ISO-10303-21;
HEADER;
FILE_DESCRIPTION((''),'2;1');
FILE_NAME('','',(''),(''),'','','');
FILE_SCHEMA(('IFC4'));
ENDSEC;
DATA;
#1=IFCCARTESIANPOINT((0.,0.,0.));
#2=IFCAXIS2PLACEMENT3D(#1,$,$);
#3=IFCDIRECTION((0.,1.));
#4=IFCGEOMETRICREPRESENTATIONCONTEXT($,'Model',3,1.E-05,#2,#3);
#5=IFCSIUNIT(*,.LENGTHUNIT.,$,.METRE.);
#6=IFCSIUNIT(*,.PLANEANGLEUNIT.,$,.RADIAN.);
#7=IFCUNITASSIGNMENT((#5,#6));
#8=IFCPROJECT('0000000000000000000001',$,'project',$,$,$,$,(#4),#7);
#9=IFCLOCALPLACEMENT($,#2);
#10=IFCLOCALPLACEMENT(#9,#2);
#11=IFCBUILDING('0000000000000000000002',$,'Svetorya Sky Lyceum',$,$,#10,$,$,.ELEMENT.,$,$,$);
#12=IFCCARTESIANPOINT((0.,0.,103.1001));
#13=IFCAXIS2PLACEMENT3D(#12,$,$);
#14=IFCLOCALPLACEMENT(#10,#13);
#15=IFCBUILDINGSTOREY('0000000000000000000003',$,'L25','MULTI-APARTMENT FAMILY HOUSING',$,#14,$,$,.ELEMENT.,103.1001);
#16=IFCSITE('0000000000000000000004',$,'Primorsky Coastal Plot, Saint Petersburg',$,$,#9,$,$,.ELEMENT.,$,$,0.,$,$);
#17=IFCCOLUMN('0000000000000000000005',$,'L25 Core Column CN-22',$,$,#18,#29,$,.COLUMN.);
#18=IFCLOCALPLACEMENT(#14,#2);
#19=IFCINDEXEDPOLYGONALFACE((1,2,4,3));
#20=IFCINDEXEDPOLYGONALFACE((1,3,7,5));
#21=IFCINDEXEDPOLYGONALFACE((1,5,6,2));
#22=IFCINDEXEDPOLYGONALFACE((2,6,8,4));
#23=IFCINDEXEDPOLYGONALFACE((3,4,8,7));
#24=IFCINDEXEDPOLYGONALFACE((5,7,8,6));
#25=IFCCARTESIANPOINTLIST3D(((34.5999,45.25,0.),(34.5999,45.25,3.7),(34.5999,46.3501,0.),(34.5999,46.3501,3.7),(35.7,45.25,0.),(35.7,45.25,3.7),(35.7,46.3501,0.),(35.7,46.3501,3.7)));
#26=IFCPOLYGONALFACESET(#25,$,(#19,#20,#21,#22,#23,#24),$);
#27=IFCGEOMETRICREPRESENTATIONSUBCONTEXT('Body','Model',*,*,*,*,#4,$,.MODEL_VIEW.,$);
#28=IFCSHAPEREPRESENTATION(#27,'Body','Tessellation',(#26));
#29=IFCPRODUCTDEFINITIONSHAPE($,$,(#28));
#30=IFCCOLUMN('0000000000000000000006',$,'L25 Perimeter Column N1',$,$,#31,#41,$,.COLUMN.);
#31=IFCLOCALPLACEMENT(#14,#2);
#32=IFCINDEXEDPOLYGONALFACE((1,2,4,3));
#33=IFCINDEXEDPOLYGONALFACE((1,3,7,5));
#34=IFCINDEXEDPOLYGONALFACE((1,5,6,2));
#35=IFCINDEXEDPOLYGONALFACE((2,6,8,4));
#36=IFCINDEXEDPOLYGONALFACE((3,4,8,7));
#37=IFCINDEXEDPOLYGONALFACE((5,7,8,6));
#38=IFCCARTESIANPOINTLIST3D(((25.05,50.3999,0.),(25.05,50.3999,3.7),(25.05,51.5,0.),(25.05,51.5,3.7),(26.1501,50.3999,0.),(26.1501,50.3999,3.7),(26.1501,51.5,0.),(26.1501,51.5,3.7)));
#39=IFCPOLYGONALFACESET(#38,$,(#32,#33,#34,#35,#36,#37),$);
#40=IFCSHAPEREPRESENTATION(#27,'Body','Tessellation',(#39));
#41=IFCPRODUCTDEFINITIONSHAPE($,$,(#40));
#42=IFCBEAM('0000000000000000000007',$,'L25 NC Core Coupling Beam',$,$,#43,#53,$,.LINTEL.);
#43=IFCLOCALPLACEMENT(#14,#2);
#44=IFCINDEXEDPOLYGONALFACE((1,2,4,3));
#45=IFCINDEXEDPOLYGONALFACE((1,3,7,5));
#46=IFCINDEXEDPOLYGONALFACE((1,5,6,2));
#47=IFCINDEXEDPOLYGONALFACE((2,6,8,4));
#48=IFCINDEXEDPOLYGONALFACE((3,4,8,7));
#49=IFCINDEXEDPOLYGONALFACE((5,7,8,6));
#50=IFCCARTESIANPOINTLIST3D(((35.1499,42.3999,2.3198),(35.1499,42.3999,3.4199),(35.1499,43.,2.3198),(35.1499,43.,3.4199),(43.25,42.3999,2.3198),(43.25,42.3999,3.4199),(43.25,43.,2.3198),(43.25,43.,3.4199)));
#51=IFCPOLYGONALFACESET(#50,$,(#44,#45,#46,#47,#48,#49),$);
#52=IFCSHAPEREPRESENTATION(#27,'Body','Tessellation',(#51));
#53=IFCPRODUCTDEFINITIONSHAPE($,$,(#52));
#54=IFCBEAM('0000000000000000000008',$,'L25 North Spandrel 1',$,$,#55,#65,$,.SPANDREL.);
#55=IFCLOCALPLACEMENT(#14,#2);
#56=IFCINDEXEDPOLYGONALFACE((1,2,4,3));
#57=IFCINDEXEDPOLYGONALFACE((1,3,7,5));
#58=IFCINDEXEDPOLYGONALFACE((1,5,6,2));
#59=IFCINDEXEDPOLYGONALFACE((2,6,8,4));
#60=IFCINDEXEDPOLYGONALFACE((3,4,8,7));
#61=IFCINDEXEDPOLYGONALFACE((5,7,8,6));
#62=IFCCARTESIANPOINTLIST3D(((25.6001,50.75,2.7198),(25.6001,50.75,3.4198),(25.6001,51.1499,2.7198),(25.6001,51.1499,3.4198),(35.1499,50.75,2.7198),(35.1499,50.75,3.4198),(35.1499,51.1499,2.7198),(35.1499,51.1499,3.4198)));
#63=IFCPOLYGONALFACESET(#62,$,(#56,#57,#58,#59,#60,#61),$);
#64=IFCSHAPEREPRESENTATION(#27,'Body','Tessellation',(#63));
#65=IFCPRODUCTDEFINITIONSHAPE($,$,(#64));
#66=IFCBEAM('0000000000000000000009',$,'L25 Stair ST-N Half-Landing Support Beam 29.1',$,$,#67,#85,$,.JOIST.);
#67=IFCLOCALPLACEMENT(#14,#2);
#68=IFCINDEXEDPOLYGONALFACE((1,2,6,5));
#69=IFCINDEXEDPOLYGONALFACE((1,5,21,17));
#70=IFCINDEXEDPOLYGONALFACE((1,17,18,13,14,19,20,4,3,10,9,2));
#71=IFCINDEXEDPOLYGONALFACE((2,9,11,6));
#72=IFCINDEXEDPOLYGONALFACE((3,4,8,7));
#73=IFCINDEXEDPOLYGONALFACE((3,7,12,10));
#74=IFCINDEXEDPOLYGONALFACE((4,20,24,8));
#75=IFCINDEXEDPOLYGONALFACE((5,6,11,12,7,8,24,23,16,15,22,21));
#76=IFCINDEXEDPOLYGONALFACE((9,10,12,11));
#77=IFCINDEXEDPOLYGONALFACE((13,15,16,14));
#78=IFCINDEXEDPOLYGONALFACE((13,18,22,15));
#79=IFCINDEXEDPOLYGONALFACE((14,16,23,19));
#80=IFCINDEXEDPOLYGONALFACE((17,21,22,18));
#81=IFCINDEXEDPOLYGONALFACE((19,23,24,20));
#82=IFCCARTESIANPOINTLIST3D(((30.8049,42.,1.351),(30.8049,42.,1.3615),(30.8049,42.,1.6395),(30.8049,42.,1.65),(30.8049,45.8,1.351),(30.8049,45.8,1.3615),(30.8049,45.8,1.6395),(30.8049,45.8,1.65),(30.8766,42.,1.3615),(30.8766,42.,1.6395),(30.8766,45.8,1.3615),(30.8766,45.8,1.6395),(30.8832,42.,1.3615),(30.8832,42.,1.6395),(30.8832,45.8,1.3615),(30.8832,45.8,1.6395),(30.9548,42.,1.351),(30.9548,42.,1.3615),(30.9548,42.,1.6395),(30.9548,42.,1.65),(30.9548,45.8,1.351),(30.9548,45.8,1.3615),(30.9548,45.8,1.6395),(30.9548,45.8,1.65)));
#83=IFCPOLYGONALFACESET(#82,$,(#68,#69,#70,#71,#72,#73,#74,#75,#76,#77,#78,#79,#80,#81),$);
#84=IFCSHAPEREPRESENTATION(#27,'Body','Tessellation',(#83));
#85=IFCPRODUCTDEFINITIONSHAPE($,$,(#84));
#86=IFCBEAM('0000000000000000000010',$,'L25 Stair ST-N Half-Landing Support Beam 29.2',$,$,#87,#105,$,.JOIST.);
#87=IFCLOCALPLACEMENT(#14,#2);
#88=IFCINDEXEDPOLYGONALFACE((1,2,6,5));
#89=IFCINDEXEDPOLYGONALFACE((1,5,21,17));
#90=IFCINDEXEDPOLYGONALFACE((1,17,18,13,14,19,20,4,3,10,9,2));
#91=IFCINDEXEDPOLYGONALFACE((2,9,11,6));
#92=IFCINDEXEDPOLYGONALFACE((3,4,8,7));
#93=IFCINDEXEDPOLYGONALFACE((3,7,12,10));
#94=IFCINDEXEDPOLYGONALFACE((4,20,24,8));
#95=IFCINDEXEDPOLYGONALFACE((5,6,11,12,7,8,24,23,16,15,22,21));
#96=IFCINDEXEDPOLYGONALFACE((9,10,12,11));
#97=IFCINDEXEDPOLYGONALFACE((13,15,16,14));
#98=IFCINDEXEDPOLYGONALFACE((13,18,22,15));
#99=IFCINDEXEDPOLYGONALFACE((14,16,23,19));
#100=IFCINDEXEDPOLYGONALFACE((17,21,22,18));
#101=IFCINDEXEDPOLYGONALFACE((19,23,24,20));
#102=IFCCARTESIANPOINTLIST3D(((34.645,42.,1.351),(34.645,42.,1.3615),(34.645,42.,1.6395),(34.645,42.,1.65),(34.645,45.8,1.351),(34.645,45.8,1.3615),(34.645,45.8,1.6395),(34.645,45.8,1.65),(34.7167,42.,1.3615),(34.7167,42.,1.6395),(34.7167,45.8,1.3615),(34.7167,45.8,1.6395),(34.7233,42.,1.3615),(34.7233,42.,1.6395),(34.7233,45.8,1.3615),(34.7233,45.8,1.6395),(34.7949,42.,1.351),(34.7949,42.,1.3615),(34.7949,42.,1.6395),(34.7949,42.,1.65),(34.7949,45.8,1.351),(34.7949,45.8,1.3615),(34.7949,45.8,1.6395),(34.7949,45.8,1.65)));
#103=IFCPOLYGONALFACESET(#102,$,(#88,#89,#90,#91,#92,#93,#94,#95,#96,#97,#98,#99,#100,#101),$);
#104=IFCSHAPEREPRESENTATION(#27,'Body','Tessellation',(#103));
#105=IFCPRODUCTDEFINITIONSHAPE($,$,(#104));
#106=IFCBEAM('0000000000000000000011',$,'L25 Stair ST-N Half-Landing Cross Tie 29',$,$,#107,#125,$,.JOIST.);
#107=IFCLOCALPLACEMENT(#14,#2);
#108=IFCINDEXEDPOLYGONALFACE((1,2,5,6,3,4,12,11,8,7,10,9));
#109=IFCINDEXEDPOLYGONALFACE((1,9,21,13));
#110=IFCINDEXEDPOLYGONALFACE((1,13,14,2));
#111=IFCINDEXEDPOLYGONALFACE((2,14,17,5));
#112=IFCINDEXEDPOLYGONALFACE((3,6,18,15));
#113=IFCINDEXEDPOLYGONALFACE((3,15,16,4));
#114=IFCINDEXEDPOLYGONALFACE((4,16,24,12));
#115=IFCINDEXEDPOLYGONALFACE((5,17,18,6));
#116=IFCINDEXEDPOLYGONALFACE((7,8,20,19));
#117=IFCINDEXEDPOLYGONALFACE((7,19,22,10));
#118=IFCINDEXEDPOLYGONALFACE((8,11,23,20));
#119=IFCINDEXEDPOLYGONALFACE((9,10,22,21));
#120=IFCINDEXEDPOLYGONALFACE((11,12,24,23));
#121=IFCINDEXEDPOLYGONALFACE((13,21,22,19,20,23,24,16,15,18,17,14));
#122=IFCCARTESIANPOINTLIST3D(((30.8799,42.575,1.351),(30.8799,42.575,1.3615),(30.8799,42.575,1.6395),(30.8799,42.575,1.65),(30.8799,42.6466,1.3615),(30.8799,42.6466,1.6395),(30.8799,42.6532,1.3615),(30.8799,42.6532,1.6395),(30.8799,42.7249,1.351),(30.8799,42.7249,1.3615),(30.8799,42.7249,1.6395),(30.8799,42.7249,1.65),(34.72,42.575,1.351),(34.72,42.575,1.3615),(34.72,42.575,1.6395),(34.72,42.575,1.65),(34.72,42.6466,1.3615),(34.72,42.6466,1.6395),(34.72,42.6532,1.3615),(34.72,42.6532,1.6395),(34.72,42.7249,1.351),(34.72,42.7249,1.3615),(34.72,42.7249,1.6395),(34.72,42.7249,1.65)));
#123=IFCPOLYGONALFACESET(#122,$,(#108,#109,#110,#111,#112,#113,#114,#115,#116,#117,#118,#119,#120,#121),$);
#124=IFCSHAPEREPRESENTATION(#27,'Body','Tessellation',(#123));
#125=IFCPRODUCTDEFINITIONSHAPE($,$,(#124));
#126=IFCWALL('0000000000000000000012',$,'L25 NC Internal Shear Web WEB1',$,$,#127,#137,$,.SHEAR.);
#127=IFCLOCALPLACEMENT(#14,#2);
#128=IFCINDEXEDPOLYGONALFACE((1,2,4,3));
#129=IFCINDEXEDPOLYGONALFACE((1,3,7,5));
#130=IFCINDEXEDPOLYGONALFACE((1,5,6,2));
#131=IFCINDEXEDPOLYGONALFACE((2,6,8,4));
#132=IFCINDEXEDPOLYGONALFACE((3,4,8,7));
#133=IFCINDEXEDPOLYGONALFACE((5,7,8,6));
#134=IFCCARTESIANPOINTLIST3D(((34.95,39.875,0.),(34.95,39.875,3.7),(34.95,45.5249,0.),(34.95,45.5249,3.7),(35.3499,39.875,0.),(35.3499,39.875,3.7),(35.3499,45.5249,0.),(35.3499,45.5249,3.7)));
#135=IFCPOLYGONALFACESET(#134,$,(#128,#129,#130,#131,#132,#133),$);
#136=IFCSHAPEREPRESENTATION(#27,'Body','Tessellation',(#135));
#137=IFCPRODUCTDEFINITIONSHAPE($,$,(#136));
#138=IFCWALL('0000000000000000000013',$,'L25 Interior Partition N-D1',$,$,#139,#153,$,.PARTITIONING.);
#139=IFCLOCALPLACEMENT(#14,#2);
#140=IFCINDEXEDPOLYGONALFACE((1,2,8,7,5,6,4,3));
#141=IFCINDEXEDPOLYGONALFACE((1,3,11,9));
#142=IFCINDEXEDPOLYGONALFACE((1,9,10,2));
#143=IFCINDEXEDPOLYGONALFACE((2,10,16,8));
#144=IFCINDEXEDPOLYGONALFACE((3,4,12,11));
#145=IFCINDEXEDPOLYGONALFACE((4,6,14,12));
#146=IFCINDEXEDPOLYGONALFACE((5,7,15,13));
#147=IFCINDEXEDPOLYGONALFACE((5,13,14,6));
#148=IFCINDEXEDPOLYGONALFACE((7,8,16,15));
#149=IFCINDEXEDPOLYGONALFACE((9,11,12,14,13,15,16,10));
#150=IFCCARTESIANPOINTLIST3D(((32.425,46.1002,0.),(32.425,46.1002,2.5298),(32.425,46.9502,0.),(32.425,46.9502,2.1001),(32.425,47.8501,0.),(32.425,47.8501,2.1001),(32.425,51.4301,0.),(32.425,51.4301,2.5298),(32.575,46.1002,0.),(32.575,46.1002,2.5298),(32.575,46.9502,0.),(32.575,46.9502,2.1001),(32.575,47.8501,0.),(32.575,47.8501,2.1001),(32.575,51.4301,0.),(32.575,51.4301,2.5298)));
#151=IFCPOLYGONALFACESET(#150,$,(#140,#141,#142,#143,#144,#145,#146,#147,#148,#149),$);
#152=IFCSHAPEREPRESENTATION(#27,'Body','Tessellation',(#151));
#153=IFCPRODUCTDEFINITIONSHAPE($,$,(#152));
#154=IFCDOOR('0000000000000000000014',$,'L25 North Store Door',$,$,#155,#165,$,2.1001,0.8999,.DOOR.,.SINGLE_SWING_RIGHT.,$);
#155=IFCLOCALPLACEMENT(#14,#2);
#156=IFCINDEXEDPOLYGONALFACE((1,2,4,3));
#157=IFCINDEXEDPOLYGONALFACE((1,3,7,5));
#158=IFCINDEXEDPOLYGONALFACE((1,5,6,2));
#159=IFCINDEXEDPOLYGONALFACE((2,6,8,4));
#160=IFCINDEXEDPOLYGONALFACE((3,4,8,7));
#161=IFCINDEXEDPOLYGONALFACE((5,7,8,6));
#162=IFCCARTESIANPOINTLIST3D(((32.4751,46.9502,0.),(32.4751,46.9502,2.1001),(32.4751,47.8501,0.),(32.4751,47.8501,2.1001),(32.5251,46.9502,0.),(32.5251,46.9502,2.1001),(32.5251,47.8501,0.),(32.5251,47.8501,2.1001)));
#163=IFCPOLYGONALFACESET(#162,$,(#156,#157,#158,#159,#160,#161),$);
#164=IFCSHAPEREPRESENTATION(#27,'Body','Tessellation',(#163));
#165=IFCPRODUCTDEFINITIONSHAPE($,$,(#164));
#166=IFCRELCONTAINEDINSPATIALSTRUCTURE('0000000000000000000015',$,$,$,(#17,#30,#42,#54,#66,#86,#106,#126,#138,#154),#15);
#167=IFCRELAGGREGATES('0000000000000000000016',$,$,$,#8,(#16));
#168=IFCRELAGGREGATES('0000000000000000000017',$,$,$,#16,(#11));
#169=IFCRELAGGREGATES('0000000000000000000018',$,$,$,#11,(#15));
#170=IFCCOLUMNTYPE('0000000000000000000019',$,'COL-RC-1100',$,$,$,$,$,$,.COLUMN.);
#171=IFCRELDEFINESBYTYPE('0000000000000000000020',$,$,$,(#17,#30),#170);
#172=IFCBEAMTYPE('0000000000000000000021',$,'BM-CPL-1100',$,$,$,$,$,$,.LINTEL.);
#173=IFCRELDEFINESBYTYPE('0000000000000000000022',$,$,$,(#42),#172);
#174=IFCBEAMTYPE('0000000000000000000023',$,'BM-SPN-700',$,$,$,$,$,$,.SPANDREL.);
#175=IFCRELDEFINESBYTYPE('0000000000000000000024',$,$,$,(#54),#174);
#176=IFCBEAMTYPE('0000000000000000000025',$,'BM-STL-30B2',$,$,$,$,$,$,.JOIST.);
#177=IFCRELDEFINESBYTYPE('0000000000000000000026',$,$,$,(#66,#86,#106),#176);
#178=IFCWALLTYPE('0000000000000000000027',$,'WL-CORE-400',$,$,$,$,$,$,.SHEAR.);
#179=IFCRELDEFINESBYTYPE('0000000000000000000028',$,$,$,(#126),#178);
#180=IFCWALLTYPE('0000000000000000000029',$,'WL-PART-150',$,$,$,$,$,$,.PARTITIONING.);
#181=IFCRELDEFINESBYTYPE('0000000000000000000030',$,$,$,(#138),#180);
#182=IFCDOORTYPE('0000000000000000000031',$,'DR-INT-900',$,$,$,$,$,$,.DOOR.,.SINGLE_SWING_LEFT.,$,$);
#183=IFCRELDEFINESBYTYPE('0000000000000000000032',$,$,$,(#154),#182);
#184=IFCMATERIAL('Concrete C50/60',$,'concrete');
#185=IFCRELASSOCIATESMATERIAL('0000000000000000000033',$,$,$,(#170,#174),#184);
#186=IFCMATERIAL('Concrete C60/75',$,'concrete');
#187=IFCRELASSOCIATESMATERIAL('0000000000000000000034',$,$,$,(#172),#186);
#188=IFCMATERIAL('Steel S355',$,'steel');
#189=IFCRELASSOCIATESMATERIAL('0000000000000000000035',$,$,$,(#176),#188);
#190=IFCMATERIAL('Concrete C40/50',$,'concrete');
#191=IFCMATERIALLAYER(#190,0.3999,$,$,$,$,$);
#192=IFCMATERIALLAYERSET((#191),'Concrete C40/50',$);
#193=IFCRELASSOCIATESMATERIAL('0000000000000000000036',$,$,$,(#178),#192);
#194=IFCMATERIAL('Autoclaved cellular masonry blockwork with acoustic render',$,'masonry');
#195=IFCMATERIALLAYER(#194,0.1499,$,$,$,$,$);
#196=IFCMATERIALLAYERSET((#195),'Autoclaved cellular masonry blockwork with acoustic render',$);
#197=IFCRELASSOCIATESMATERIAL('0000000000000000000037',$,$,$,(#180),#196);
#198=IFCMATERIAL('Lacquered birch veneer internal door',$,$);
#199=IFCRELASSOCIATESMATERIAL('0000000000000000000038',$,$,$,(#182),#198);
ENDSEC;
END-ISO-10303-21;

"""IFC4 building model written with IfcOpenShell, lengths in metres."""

from ifc_helpers import new_model, si_unit, direction, frame, frame_2d, origin, origin_2d, place, context, subcontext, project, spatial, rectangle, i_section, extrude, material, layer, layer_set, material_profile, profile_set, type_object, element, fill, save


model = new_model("IFC4")

# Units and contexts
model_context = context("Model", 3, precision=1e-05, world=origin(), true_north=direction((0.0, 1.0)))
body_context = subcontext(model_context, "Body", "Model", "MODEL_VIEW")
ifc_project = project(units=[si_unit("LENGTHUNIT", "METRE"), si_unit("PLANEANGLEUNIT", "RADIAN")], contexts=[model_context])

# Site, building, storey
site_placement = place(None, origin())
site = spatial("IfcSite", under=ifc_project, at=site_placement, Name="Primorsky Coastal Plot, Saint Petersburg", CompositionType="ELEMENT", RefElevation=0.0)
building_placement = place(site_placement, origin())
building = spatial("IfcBuilding", under=site, at=building_placement, Name="Svetorya Sky Lyceum", CompositionType="ELEMENT")
storey_placement = place(building_placement, frame((0.0, 0.0, 103.1001)))
storey = spatial("IfcBuildingStorey", under=building, at=storey_placement, Name="L25", Description="MULTI-APARTMENT FAMILY HOUSING", CompositionType="ELEMENT", Elevation=103.1001)

# Columns
ifc_material_1 = material(Name="Concrete C50/60", Category="concrete")
ifc_material_profile_1 = material_profile(ifc_material_1, rectangle(XDim=1.1001, YDim=1.1001, at=origin_2d()), Name="RC COL 1100x1100")
ifc_profile_set_1 = profile_set([ifc_material_profile_1], Name="Concrete C50/60")
column_type = type_object("IfcColumnType", Name="COL-RC-1100", PredefinedType="COLUMN", material=ifc_profile_set_1)
for number, where, z_axis, x_axis, name in (
    (1, (35.1499, 45.8, 0.0), (0.0, 0.0, 1.0), (1.0, 0.0, 0.0), "L25 Core Column CN-22"),
    (2, (25.6001, 50.95, 0.0), (0.0, 0.0, 1.0), (1.0, 0.0, 0.0), "L25 Perimeter Column N1"),
):
    element("IfcColumn", number, at=place(storey_placement, frame(where, z_axis=z_axis, x_axis=x_axis)), inside=storey, type_object=column_type, Name=name, PredefinedType="COLUMN", context=body_context, shape_type="SweptSolid", body=[
        extrude(rectangle(XDim=1.1001, YDim=1.1001, at=origin_2d()), origin(), (0.0, 0.0, 1.0), 3.7),
    ])

# Beams
ifc_material_2 = material(Name="Concrete C60/75", Category="concrete")
ifc_material_profile_2 = material_profile(ifc_material_2, rectangle(XDim=0.6001, YDim=1.1001, at=origin_2d()), Name="RC COUPLING 600x1100")
ifc_profile_set_2 = profile_set([ifc_material_profile_2], Name="Concrete C60/75")
beam_type_1 = type_object("IfcBeamType", Name="BM-CPL-1100", PredefinedType="LINTEL", material=ifc_profile_set_2)
beam_1_placement = place(storey_placement, frame((35.1499, 42.7, 2.8699), z_axis=(1.0, 0.0, 0.0), x_axis=(0.0, 1.0, 0.0)))
element("IfcBeam", 3, at=beam_1_placement, inside=storey, type_object=beam_type_1, Name="L25 NC Core Coupling Beam", PredefinedType="LINTEL", context=body_context, shape_type="SweptSolid", body=[
    extrude(rectangle(XDim=0.6001, YDim=1.1001, at=origin_2d()), origin(), (0.0, 0.0, 1.0), 8.1001),
])
ifc_material_profile_3 = material_profile(ifc_material_1, rectangle(XDim=0.3999, YDim=0.7, at=origin_2d()), Name="RC SPANDREL 400x700")
ifc_profile_set_3 = profile_set([ifc_material_profile_3], Name="Concrete C50/60")
beam_type_2 = type_object("IfcBeamType", Name="BM-SPN-700", PredefinedType="SPANDREL", material=ifc_profile_set_3)
beam_2_placement = place(storey_placement, frame((25.6001, 50.95, 3.0698), z_axis=(1.0, 0.0, 0.0), x_axis=(0.0, 1.0, 0.0)))
element("IfcBeam", 4, at=beam_2_placement, inside=storey, type_object=beam_type_2, Name="L25 North Spandrel 1", PredefinedType="SPANDREL", context=body_context, shape_type="SweptSolid", body=[
    extrude(rectangle(XDim=0.3999, YDim=0.7, at=origin_2d()), origin(), (0.0, 0.0, 1.0), 9.5498),
])
ifc_material_3 = material(Name="Steel S355", Category="steel")
ifc_material_profile_4 = material_profile(ifc_material_3, i_section(OverallWidth=0.1499, OverallDepth=0.2991, WebThickness=0.0066, FlangeThickness=0.0105, at=origin_2d()), Name="GOST 30B2")
ifc_profile_set_4 = profile_set([ifc_material_profile_4], Name="Steel S355")
beam_type_3 = type_object("IfcBeamType", Name="BM-STL-30B2", PredefinedType="JOIST", material=ifc_profile_set_4)
for number, where, z_axis, x_axis, name in (
    (5, (30.8799, 42.0, 1.5005), (0.0, 1.0, 0.0), (-1.0, 0.0, 0.0), "L25 Stair ST-N Half-Landing Support Beam 29.1"),
    (6, (34.72, 42.0, 1.5005), (0.0, 1.0, 0.0), (-1.0, 0.0, 0.0), "L25 Stair ST-N Half-Landing Support Beam 29.2"),
):
    element("IfcBeam", number, at=place(storey_placement, frame(where, z_axis=z_axis, x_axis=x_axis)), inside=storey, type_object=beam_type_3, Name=name, PredefinedType="JOIST", context=body_context, shape_type="SweptSolid", body=[
        extrude(i_section(OverallWidth=0.1499, OverallDepth=0.2991, WebThickness=0.0066, FlangeThickness=0.0105, at=origin_2d()), origin(), (0.0, 0.0, 1.0), 3.8),
    ])
beam_3_placement = place(storey_placement, frame((30.8799, 42.6499, 1.5005), z_axis=(1.0, 0.0, 0.0), x_axis=(0.0, 1.0, 0.0)))
element("IfcBeam", 7, at=beam_3_placement, inside=storey, type_object=beam_type_3, Name="L25 Stair ST-N Half-Landing Cross Tie 29", PredefinedType="JOIST", context=body_context, shape_type="SweptSolid", body=[
    extrude(i_section(OverallWidth=0.1499, OverallDepth=0.2991, WebThickness=0.0066, FlangeThickness=0.0105, at=origin_2d()), origin(), (0.0, 0.0, 1.0), 3.8401),
])

# Wall
ifc_material_4 = material(Name="Concrete C40/50", Category="concrete")
ifc_layer_1 = layer(ifc_material_4, 0.3999)
ifc_layer_set_1 = layer_set([ifc_layer_1], Name="Concrete C40/50")
wall_type_1 = type_object("IfcWallType", Name="WL-CORE-400", PredefinedType="SHEAR", material=ifc_layer_set_1)
wall_1_placement = place(storey_placement, frame((35.1499, 39.875, 0.0), z_axis=(0.0, 0.0, 1.0), x_axis=(0.0, 1.0, 0.0)))
element("IfcWall", 8, at=wall_1_placement, inside=storey, type_object=wall_type_1, Name="L25 NC Internal Shear Web WEB1", PredefinedType="SHEAR", context=body_context, shape_type="SweptSolid", body=[
    extrude(rectangle(XDim=5.6499, YDim=0.3999, at=frame_2d((2.825, 0.0))), origin(), (0.0, 0.0, 1.0), 3.7),
])

# Wall, opening, door
ifc_material_5 = material(Name="Autoclaved cellular masonry blockwork with acoustic render", Category="masonry")
ifc_layer_2 = layer(ifc_material_5, 0.1499)
ifc_layer_set_2 = layer_set([ifc_layer_2], Name="Autoclaved cellular masonry blockwork with acoustic render")
wall_type_2 = type_object("IfcWallType", Name="WL-PART-150", PredefinedType="PARTITIONING", material=ifc_layer_set_2)
wall_2_placement = place(storey_placement, frame((32.5, 46.1001, 0.0), z_axis=(0.0, 0.0, 1.0), x_axis=(0.0, 1.0, 0.0)))
wall_2 = element("IfcWall", 9, at=wall_2_placement, inside=storey, type_object=wall_type_2, Name="L25 Interior Partition N-D1", PredefinedType="PARTITIONING", context=body_context, shape_type="SweptSolid", body=[
    extrude(rectangle(XDim=5.3298, YDim=0.1499, at=frame_2d((2.665, 0.0))), origin(), (0.0, 0.0, 1.0), 2.5298),
])
opening_placement = place(wall_2_placement, frame((0.8501, 0.0, 0.0)))
opening = element("IfcOpeningElement", 10, at=opening_placement, cuts=wall_2, PredefinedType="OPENING", context=body_context, shape_type="SweptSolid", body=[
    extrude(rectangle(XDim=0.8999, YDim=2.1001, at=frame_2d((0.45, 1.05))), frame((0.0, 0.085, 0.0), z_axis=(0.0, -1.0, 0.0), x_axis=(1.0, 0.0, 0.0)), (0.0, 0.0, 1.0), 0.1699),
])
ifc_material_6 = material(Name="Lacquered birch veneer internal door")
door_type = type_object("IfcDoorType", Name="DR-INT-900", OperationType="SINGLE_SWING_LEFT", PredefinedType="DOOR", material=ifc_material_6)
door_placement = place(opening_placement, origin())
door = element("IfcDoor", 11, at=door_placement, inside=storey, type_object=door_type, Name="L25 North Store Door", OperationType="SINGLE_SWING_RIGHT", OverallHeight=2.1001, OverallWidth=0.8999, PredefinedType="DOOR", context=body_context, shape_type="SweptSolid", body=[
    extrude(rectangle(XDim=0.8999, YDim=2.1001, at=frame_2d((0.45, 1.05))), frame((0.0, 0.0249, 0.0), z_axis=(0.0, -1.0, 0.0), x_axis=(1.0, 0.0, 0.0)), (0.0, 0.0, 1.0), 0.05),
])
fill(opening, door)

save(model, "model.ifc")
